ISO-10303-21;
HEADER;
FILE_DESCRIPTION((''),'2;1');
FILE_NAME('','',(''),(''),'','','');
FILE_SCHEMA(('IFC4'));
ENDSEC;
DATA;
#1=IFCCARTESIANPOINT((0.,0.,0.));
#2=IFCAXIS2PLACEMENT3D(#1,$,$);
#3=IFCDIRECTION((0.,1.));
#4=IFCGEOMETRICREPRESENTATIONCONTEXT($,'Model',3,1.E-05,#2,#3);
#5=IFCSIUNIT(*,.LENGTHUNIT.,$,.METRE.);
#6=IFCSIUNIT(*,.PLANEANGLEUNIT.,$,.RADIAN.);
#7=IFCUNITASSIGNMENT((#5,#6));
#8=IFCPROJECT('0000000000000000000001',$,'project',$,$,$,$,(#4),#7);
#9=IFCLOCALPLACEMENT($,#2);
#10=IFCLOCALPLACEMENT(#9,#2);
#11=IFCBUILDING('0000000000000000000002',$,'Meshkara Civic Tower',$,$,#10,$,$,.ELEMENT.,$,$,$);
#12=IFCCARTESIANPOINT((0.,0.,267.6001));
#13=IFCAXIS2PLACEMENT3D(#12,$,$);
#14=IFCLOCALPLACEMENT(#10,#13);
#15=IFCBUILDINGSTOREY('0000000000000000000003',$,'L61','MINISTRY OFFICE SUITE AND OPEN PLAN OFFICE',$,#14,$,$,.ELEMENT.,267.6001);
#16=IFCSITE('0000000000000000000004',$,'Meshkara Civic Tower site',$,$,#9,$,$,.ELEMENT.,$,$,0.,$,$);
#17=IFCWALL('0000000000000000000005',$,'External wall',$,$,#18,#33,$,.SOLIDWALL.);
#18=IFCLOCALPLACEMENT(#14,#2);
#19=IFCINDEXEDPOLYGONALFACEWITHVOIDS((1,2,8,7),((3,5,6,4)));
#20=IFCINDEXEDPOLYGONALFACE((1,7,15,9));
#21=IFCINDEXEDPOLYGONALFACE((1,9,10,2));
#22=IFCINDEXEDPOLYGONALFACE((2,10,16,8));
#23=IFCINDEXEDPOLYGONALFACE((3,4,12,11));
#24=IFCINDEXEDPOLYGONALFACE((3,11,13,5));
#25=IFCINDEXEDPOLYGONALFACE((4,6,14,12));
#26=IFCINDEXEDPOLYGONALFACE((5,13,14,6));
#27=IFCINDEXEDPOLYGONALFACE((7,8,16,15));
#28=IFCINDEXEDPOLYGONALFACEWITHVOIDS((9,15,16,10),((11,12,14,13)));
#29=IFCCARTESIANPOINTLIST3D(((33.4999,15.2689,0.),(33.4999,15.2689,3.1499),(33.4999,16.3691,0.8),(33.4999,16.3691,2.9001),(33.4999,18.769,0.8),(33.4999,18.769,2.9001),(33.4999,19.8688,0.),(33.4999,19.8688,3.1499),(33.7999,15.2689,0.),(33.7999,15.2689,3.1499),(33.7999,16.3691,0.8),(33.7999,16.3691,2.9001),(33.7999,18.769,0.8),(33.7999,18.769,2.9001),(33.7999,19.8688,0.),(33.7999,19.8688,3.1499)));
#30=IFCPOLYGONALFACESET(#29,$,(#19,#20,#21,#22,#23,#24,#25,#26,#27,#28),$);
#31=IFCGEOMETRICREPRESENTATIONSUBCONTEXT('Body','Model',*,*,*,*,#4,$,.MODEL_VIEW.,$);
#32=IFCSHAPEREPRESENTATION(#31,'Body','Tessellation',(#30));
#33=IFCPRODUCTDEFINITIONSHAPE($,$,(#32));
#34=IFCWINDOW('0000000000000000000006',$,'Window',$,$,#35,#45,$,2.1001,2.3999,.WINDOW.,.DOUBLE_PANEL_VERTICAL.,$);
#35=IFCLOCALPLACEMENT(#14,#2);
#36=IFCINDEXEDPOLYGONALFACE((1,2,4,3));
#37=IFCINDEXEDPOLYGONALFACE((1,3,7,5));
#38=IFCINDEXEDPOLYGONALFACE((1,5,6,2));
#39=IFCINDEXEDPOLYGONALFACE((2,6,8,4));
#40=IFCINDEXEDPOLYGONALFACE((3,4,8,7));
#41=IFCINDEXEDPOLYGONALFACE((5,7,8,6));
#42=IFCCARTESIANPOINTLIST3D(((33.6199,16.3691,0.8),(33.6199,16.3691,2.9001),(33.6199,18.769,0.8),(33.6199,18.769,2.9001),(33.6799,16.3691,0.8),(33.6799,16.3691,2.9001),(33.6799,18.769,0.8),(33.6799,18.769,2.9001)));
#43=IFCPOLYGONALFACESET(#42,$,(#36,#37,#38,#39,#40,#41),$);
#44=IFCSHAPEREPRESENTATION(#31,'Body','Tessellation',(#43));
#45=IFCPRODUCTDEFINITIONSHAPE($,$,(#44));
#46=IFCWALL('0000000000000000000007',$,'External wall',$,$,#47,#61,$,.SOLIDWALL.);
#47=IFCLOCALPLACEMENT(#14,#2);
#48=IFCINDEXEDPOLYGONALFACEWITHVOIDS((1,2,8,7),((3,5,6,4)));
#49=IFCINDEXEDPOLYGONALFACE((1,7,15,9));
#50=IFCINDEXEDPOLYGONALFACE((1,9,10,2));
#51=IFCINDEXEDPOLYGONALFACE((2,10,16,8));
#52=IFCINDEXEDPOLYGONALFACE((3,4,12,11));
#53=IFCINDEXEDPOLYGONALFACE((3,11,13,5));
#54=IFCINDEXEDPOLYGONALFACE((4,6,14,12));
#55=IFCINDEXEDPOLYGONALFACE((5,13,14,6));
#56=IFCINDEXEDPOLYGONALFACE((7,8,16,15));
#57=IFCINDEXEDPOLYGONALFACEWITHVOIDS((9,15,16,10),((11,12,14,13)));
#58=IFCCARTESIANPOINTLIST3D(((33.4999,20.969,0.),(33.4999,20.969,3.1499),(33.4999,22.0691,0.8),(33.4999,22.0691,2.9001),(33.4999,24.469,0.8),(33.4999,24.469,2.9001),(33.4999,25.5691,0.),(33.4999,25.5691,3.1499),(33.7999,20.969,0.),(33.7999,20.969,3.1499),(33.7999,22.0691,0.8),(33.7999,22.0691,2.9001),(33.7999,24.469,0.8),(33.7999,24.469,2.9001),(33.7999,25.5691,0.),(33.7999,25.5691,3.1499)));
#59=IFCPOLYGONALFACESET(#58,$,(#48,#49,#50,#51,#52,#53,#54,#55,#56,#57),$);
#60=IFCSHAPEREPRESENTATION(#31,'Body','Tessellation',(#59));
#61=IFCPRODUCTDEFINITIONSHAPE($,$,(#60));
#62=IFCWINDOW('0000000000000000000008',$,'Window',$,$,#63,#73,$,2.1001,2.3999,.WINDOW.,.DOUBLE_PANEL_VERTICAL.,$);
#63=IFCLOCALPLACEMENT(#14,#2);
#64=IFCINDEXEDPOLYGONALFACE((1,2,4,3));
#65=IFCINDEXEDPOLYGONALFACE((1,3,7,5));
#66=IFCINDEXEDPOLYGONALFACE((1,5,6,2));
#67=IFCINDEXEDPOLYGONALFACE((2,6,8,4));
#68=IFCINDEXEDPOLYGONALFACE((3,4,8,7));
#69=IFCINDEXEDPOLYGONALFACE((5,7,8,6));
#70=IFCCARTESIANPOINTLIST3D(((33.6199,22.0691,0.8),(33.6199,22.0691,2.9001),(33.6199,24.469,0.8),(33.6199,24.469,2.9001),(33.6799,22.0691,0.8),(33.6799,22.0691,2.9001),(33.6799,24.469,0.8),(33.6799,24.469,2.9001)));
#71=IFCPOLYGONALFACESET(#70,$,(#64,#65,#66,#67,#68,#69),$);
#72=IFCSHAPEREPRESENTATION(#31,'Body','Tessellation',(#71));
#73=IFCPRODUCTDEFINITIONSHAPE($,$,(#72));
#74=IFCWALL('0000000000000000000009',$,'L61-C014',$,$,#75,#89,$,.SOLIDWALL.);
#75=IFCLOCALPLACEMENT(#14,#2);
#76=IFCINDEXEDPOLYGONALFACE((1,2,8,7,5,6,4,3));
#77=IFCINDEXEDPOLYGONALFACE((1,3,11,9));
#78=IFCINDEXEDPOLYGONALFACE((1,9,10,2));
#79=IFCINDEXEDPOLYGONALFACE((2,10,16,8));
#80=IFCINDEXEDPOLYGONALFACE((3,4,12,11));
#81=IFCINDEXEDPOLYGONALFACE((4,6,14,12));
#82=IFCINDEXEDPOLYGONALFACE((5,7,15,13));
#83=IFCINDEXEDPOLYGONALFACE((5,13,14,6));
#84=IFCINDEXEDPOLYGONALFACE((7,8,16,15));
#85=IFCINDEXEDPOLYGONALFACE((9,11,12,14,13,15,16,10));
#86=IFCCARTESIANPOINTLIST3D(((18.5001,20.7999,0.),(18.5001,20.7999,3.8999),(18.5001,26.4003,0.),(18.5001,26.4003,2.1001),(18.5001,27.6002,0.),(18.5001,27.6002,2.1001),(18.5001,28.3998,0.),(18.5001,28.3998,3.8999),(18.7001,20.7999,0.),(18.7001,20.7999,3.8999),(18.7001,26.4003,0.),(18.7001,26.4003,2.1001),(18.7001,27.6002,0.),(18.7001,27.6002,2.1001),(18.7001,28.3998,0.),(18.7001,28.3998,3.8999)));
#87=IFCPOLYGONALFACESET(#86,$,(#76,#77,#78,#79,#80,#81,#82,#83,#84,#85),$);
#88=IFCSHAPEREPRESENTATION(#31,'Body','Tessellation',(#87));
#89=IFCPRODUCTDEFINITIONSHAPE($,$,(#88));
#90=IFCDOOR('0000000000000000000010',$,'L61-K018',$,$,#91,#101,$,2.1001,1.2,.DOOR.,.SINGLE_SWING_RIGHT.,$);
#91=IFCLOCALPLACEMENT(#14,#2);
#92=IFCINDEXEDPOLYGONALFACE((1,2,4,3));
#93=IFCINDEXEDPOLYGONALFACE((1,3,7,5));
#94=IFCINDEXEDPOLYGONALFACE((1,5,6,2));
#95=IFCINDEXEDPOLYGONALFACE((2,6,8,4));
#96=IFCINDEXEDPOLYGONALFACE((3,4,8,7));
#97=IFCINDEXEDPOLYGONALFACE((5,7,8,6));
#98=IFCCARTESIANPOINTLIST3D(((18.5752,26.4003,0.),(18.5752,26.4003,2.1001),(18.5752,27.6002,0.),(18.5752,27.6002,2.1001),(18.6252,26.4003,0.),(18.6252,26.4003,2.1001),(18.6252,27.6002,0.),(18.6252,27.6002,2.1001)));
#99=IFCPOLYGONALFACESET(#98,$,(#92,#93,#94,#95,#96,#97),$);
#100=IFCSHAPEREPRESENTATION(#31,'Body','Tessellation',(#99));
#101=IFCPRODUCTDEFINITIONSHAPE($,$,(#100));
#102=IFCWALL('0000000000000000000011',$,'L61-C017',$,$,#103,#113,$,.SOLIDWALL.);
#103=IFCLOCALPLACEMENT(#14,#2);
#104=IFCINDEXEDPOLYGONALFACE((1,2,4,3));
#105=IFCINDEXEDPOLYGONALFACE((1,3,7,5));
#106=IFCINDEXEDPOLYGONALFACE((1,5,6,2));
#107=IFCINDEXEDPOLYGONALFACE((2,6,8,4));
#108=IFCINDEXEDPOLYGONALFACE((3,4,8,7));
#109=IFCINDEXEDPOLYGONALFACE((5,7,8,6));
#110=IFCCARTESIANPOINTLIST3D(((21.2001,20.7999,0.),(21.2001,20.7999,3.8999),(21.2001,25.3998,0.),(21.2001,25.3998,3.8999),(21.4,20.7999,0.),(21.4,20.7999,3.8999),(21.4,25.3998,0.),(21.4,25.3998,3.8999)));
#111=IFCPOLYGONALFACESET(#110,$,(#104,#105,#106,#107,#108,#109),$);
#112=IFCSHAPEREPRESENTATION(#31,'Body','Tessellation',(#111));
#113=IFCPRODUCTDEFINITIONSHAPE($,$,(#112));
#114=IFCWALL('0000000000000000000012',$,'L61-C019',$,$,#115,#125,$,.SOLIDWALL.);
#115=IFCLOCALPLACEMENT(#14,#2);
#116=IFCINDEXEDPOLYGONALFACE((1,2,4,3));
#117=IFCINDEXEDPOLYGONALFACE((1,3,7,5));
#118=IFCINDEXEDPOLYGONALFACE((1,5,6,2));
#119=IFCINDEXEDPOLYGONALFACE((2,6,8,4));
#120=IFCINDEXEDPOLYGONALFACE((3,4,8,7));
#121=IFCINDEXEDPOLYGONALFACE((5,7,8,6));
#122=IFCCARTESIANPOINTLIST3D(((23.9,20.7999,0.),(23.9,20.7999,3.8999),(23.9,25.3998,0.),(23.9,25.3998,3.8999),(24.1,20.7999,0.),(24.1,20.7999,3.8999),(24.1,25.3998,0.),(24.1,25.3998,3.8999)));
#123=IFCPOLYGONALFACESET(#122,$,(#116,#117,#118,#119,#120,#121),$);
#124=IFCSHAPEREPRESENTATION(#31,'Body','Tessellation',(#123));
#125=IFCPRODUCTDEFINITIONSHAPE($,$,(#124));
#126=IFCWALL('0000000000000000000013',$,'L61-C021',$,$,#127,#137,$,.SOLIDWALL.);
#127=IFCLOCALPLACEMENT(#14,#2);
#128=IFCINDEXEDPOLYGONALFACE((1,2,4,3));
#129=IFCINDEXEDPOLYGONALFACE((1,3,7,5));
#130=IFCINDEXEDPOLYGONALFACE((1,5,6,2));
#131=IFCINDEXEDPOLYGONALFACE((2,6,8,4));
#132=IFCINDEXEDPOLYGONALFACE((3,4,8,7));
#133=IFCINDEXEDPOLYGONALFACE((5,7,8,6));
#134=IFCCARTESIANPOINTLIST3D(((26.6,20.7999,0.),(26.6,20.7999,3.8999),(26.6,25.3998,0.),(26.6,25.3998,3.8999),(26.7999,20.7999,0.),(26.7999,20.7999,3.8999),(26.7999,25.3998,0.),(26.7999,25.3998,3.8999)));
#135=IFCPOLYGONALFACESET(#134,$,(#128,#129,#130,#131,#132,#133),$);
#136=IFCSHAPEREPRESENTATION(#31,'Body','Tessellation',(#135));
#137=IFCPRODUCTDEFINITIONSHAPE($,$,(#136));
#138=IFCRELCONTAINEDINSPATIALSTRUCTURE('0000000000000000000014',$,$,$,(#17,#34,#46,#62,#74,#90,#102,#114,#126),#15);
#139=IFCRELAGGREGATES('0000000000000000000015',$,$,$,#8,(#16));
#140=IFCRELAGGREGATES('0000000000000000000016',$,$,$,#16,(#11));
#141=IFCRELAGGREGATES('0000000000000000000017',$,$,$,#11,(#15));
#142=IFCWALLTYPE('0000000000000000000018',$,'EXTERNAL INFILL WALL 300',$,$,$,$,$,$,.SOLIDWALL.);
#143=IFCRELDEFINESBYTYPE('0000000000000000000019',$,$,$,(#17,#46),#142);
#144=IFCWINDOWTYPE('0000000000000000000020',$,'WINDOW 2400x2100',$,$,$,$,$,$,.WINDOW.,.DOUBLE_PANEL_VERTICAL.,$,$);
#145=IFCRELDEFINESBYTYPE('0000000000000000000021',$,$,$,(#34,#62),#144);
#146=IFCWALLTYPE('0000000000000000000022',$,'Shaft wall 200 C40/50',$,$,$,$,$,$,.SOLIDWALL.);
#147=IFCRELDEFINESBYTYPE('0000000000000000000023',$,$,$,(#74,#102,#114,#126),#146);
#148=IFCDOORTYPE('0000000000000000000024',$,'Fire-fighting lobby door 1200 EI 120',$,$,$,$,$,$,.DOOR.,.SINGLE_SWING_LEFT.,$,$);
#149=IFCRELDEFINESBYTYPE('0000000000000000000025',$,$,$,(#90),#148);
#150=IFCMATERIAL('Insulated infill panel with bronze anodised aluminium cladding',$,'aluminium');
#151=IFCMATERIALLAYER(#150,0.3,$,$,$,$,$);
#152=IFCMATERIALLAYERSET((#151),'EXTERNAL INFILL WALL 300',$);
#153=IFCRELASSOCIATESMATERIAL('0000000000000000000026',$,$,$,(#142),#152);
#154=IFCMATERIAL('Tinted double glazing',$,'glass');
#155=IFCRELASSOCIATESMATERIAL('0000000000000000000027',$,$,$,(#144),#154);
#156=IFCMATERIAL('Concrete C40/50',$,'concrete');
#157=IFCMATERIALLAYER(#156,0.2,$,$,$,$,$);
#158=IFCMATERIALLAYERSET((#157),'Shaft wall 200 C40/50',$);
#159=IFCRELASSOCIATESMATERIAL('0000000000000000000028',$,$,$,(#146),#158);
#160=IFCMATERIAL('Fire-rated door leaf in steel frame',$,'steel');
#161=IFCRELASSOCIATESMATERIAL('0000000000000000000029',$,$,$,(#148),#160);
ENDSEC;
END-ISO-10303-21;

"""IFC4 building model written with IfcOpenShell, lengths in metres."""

from ifc_helpers import new_model, si_unit, direction, frame, frame_2d, origin, place, context, subcontext, project, spatial, rectangle, extrude, material, layer, layer_set, type_object, element, fill, save


model = new_model("IFC4")

# Units and contexts
model_context = context("Model", 3, precision=1e-05, world=origin(), true_north=direction((0.0, 1.0)))
body_context = subcontext(model_context, "Body", "Model", "MODEL_VIEW")
ifc_project = project(units=[si_unit("LENGTHUNIT", "METRE"), si_unit("PLANEANGLEUNIT", "RADIAN")], contexts=[model_context])

# Site, building, storey
site_placement = place(None, origin())
site = spatial("IfcSite", under=ifc_project, at=site_placement, Name="Meshkara Civic Tower site", CompositionType="ELEMENT", RefElevation=0.0)
building_placement = place(site_placement, origin())
building = spatial("IfcBuilding", under=site, at=building_placement, Name="Meshkara Civic Tower", CompositionType="ELEMENT")
storey_placement = place(building_placement, frame((0.0, 0.0, 267.6001)))
storey = spatial("IfcBuildingStorey", under=building, at=storey_placement, Name="L61", Description="MINISTRY OFFICE SUITE AND OPEN PLAN OFFICE", CompositionType="ELEMENT", Elevation=267.6001)

# Walls, openings, windows
ifc_material_1 = material(Name="Insulated infill panel with bronze anodised aluminium cladding", Category="aluminium")
ifc_layer_1 = layer(ifc_material_1, 0.3)
ifc_layer_set_1 = layer_set([ifc_layer_1], Name="EXTERNAL INFILL WALL 300")
wall_type_1 = type_object("IfcWallType", Name="EXTERNAL INFILL WALL 300", PredefinedType="SOLIDWALL", material=ifc_layer_set_1)
ifc_material_2 = material(Name="Tinted double glazing", Category="glass")
window_type = type_object("IfcWindowType", Name="WINDOW 2400x2100", PartitioningType="DOUBLE_PANEL_VERTICAL", PredefinedType="WINDOW", material=ifc_material_2)
wall_1_placement = place(storey_placement, frame((33.6499, 15.269, 0.0), z_axis=(0.0, 0.0, 1.0), x_axis=(0.0, 1.0, 0.0)))
wall_1 = element("IfcWall", 1, at=wall_1_placement, inside=storey, type_object=wall_type_1, Name="External wall", PredefinedType="SOLIDWALL", context=body_context, shape_type="SweptSolid", body=[
    extrude(rectangle(XDim=4.5999, YDim=0.3, at=frame_2d((2.2998, 0.0))), origin(), (0.0, 0.0, 1.0), 3.1499),
])
opening_1_placement = place(wall_1_placement, frame((1.1001, 0.0, 0.8)))
opening_1 = element("IfcOpeningElement", 2, at=opening_1_placement, cuts=wall_1, PredefinedType="OPENING", context=body_context, shape_type="SweptSolid", body=[
    extrude(rectangle(XDim=2.3999, YDim=2.1001, at=frame_2d((1.2, 1.05))), frame((0.0, 0.1599, 0.0), z_axis=(0.0, -1.0, 0.0), x_axis=(1.0, 0.0, 0.0)), (0.0, 0.0, 1.0), 0.3201),
])
window_1_placement = place(opening_1_placement, origin())
window_1 = element("IfcWindow", 3, at=window_1_placement, inside=storey, type_object=window_type, Name="Window", OverallHeight=2.1001, OverallWidth=2.3999, PartitioningType="DOUBLE_PANEL_VERTICAL", PredefinedType="WINDOW", context=body_context, shape_type="SweptSolid", body=[
    extrude(rectangle(XDim=2.3999, YDim=2.1001, at=frame_2d((1.2, 1.05))), frame((0.0, 0.03, 0.0), z_axis=(0.0, -1.0, 0.0), x_axis=(1.0, 0.0, 0.0)), (0.0, 0.0, 1.0), 0.0601),
])
fill(opening_1, window_1)
wall_2_placement = place(storey_placement, frame((33.6499, 20.969, 0.0), z_axis=(0.0, 0.0, 1.0), x_axis=(0.0, 1.0, 0.0)))
wall_2 = element("IfcWall", 4, at=wall_2_placement, inside=storey, type_object=wall_type_1, Name="External wall", PredefinedType="SOLIDWALL", context=body_context, shape_type="SweptSolid", body=[
    extrude(rectangle(XDim=4.6001, YDim=0.3, at=frame_2d((2.3, 0.0))), origin(), (0.0, 0.0, 1.0), 3.1499),
])
opening_2_placement = place(wall_2_placement, frame((1.1001, 0.0, 0.8)))
opening_2 = element("IfcOpeningElement", 5, at=opening_2_placement, cuts=wall_2, PredefinedType="OPENING", context=body_context, shape_type="SweptSolid", body=[
    extrude(rectangle(XDim=2.3999, YDim=2.1001, at=frame_2d((1.2, 1.05))), frame((0.0, 0.1599, 0.0), z_axis=(0.0, -1.0, 0.0), x_axis=(1.0, 0.0, 0.0)), (0.0, 0.0, 1.0), 0.3201),
])
window_2_placement = place(opening_2_placement, origin())
window_2 = element("IfcWindow", 6, at=window_2_placement, inside=storey, type_object=window_type, Name="Window", OverallHeight=2.1001, OverallWidth=2.3999, PartitioningType="DOUBLE_PANEL_VERTICAL", PredefinedType="WINDOW", context=body_context, shape_type="SweptSolid", body=[
    extrude(rectangle(XDim=2.3999, YDim=2.1001, at=frame_2d((1.2, 1.05))), frame((0.0, 0.03, 0.0), z_axis=(0.0, -1.0, 0.0), x_axis=(1.0, 0.0, 0.0)), (0.0, 0.0, 1.0), 0.0601),
])
fill(opening_2, window_2)

# Wall, opening, door
ifc_material_3 = material(Name="Concrete C40/50", Category="concrete")
ifc_layer_2 = layer(ifc_material_3, 0.2)
ifc_layer_set_2 = layer_set([ifc_layer_2], Name="Shaft wall 200 C40/50")
wall_type_2 = type_object("IfcWallType", Name="Shaft wall 200 C40/50", PredefinedType="SOLIDWALL", material=ifc_layer_set_2)
wall_3_placement = place(storey_placement, frame((18.6001, 20.8, 0.0), z_axis=(0.0, 0.0, 1.0), x_axis=(0.0, 1.0, 0.0)))
wall_3 = element("IfcWall", 7, at=wall_3_placement, inside=storey, type_object=wall_type_2, Name="L61-C014", PredefinedType="SOLIDWALL", context=body_context, shape_type="SweptSolid", body=[
    extrude(rectangle(XDim=7.5999, YDim=0.2, at=frame_2d((3.7998, 0.0))), origin(), (0.0, 0.0, 1.0), 3.8999),
])
opening_3_placement = place(wall_3_placement, frame((5.6001, 0.0, 0.0)))
opening_3 = element("IfcOpeningElement", 8, at=opening_3_placement, cuts=wall_3, PredefinedType="OPENING", context=body_context, shape_type="SweptSolid", body=[
    extrude(rectangle(XDim=1.2, YDim=2.1001, at=frame_2d((0.6001, 1.05))), frame((0.0, 0.1099, 0.0), z_axis=(0.0, -1.0, 0.0), x_axis=(1.0, 0.0, 0.0)), (0.0, 0.0, 1.0), 0.22),
])
ifc_material_4 = material(Name="Fire-rated door leaf in steel frame", Category="steel")
door_type = type_object("IfcDoorType", Name="Fire-fighting lobby door 1200 EI 120", OperationType="SINGLE_SWING_LEFT", PredefinedType="DOOR", material=ifc_material_4)
door_placement = place(opening_3_placement, origin())
door = element("IfcDoor", 9, at=door_placement, inside=storey, type_object=door_type, Name="L61-K018", OperationType="SINGLE_SWING_RIGHT", OverallHeight=2.1001, OverallWidth=1.2, PredefinedType="DOOR", context=body_context, shape_type="SweptSolid", body=[
    extrude(rectangle(XDim=1.2, YDim=2.1001, at=frame_2d((0.6001, 1.05))), frame((0.0, 0.0249, 0.0), z_axis=(0.0, -1.0, 0.0), x_axis=(1.0, 0.0, 0.0)), (0.0, 0.0, 1.0), 0.05),
])
fill(opening_3, door)

# Walls
for number, where, z_axis, x_axis, name in (
    (10, (21.3, 20.8, 0.0), (0.0, 0.0, 1.0), (0.0, 1.0, 0.0), "L61-C017"),
    (11, (24.0, 20.8, 0.0), (0.0, 0.0, 1.0), (0.0, 1.0, 0.0), "L61-C019"),
    (12, (26.7, 20.8, 0.0), (0.0, 0.0, 1.0), (0.0, 1.0, 0.0), "L61-C021"),
):
    element("IfcWall", number, at=place(storey_placement, frame(where, z_axis=z_axis, x_axis=x_axis)), inside=storey, type_object=wall_type_2, Name=name, PredefinedType="SOLIDWALL", context=body_context, shape_type="SweptSolid", body=[
        extrude(rectangle(XDim=4.5999, YDim=0.2, at=frame_2d((2.2998, 0.0))), origin(), (0.0, 0.0, 1.0), 3.8999),
    ])

save(model, "model.ifc")
